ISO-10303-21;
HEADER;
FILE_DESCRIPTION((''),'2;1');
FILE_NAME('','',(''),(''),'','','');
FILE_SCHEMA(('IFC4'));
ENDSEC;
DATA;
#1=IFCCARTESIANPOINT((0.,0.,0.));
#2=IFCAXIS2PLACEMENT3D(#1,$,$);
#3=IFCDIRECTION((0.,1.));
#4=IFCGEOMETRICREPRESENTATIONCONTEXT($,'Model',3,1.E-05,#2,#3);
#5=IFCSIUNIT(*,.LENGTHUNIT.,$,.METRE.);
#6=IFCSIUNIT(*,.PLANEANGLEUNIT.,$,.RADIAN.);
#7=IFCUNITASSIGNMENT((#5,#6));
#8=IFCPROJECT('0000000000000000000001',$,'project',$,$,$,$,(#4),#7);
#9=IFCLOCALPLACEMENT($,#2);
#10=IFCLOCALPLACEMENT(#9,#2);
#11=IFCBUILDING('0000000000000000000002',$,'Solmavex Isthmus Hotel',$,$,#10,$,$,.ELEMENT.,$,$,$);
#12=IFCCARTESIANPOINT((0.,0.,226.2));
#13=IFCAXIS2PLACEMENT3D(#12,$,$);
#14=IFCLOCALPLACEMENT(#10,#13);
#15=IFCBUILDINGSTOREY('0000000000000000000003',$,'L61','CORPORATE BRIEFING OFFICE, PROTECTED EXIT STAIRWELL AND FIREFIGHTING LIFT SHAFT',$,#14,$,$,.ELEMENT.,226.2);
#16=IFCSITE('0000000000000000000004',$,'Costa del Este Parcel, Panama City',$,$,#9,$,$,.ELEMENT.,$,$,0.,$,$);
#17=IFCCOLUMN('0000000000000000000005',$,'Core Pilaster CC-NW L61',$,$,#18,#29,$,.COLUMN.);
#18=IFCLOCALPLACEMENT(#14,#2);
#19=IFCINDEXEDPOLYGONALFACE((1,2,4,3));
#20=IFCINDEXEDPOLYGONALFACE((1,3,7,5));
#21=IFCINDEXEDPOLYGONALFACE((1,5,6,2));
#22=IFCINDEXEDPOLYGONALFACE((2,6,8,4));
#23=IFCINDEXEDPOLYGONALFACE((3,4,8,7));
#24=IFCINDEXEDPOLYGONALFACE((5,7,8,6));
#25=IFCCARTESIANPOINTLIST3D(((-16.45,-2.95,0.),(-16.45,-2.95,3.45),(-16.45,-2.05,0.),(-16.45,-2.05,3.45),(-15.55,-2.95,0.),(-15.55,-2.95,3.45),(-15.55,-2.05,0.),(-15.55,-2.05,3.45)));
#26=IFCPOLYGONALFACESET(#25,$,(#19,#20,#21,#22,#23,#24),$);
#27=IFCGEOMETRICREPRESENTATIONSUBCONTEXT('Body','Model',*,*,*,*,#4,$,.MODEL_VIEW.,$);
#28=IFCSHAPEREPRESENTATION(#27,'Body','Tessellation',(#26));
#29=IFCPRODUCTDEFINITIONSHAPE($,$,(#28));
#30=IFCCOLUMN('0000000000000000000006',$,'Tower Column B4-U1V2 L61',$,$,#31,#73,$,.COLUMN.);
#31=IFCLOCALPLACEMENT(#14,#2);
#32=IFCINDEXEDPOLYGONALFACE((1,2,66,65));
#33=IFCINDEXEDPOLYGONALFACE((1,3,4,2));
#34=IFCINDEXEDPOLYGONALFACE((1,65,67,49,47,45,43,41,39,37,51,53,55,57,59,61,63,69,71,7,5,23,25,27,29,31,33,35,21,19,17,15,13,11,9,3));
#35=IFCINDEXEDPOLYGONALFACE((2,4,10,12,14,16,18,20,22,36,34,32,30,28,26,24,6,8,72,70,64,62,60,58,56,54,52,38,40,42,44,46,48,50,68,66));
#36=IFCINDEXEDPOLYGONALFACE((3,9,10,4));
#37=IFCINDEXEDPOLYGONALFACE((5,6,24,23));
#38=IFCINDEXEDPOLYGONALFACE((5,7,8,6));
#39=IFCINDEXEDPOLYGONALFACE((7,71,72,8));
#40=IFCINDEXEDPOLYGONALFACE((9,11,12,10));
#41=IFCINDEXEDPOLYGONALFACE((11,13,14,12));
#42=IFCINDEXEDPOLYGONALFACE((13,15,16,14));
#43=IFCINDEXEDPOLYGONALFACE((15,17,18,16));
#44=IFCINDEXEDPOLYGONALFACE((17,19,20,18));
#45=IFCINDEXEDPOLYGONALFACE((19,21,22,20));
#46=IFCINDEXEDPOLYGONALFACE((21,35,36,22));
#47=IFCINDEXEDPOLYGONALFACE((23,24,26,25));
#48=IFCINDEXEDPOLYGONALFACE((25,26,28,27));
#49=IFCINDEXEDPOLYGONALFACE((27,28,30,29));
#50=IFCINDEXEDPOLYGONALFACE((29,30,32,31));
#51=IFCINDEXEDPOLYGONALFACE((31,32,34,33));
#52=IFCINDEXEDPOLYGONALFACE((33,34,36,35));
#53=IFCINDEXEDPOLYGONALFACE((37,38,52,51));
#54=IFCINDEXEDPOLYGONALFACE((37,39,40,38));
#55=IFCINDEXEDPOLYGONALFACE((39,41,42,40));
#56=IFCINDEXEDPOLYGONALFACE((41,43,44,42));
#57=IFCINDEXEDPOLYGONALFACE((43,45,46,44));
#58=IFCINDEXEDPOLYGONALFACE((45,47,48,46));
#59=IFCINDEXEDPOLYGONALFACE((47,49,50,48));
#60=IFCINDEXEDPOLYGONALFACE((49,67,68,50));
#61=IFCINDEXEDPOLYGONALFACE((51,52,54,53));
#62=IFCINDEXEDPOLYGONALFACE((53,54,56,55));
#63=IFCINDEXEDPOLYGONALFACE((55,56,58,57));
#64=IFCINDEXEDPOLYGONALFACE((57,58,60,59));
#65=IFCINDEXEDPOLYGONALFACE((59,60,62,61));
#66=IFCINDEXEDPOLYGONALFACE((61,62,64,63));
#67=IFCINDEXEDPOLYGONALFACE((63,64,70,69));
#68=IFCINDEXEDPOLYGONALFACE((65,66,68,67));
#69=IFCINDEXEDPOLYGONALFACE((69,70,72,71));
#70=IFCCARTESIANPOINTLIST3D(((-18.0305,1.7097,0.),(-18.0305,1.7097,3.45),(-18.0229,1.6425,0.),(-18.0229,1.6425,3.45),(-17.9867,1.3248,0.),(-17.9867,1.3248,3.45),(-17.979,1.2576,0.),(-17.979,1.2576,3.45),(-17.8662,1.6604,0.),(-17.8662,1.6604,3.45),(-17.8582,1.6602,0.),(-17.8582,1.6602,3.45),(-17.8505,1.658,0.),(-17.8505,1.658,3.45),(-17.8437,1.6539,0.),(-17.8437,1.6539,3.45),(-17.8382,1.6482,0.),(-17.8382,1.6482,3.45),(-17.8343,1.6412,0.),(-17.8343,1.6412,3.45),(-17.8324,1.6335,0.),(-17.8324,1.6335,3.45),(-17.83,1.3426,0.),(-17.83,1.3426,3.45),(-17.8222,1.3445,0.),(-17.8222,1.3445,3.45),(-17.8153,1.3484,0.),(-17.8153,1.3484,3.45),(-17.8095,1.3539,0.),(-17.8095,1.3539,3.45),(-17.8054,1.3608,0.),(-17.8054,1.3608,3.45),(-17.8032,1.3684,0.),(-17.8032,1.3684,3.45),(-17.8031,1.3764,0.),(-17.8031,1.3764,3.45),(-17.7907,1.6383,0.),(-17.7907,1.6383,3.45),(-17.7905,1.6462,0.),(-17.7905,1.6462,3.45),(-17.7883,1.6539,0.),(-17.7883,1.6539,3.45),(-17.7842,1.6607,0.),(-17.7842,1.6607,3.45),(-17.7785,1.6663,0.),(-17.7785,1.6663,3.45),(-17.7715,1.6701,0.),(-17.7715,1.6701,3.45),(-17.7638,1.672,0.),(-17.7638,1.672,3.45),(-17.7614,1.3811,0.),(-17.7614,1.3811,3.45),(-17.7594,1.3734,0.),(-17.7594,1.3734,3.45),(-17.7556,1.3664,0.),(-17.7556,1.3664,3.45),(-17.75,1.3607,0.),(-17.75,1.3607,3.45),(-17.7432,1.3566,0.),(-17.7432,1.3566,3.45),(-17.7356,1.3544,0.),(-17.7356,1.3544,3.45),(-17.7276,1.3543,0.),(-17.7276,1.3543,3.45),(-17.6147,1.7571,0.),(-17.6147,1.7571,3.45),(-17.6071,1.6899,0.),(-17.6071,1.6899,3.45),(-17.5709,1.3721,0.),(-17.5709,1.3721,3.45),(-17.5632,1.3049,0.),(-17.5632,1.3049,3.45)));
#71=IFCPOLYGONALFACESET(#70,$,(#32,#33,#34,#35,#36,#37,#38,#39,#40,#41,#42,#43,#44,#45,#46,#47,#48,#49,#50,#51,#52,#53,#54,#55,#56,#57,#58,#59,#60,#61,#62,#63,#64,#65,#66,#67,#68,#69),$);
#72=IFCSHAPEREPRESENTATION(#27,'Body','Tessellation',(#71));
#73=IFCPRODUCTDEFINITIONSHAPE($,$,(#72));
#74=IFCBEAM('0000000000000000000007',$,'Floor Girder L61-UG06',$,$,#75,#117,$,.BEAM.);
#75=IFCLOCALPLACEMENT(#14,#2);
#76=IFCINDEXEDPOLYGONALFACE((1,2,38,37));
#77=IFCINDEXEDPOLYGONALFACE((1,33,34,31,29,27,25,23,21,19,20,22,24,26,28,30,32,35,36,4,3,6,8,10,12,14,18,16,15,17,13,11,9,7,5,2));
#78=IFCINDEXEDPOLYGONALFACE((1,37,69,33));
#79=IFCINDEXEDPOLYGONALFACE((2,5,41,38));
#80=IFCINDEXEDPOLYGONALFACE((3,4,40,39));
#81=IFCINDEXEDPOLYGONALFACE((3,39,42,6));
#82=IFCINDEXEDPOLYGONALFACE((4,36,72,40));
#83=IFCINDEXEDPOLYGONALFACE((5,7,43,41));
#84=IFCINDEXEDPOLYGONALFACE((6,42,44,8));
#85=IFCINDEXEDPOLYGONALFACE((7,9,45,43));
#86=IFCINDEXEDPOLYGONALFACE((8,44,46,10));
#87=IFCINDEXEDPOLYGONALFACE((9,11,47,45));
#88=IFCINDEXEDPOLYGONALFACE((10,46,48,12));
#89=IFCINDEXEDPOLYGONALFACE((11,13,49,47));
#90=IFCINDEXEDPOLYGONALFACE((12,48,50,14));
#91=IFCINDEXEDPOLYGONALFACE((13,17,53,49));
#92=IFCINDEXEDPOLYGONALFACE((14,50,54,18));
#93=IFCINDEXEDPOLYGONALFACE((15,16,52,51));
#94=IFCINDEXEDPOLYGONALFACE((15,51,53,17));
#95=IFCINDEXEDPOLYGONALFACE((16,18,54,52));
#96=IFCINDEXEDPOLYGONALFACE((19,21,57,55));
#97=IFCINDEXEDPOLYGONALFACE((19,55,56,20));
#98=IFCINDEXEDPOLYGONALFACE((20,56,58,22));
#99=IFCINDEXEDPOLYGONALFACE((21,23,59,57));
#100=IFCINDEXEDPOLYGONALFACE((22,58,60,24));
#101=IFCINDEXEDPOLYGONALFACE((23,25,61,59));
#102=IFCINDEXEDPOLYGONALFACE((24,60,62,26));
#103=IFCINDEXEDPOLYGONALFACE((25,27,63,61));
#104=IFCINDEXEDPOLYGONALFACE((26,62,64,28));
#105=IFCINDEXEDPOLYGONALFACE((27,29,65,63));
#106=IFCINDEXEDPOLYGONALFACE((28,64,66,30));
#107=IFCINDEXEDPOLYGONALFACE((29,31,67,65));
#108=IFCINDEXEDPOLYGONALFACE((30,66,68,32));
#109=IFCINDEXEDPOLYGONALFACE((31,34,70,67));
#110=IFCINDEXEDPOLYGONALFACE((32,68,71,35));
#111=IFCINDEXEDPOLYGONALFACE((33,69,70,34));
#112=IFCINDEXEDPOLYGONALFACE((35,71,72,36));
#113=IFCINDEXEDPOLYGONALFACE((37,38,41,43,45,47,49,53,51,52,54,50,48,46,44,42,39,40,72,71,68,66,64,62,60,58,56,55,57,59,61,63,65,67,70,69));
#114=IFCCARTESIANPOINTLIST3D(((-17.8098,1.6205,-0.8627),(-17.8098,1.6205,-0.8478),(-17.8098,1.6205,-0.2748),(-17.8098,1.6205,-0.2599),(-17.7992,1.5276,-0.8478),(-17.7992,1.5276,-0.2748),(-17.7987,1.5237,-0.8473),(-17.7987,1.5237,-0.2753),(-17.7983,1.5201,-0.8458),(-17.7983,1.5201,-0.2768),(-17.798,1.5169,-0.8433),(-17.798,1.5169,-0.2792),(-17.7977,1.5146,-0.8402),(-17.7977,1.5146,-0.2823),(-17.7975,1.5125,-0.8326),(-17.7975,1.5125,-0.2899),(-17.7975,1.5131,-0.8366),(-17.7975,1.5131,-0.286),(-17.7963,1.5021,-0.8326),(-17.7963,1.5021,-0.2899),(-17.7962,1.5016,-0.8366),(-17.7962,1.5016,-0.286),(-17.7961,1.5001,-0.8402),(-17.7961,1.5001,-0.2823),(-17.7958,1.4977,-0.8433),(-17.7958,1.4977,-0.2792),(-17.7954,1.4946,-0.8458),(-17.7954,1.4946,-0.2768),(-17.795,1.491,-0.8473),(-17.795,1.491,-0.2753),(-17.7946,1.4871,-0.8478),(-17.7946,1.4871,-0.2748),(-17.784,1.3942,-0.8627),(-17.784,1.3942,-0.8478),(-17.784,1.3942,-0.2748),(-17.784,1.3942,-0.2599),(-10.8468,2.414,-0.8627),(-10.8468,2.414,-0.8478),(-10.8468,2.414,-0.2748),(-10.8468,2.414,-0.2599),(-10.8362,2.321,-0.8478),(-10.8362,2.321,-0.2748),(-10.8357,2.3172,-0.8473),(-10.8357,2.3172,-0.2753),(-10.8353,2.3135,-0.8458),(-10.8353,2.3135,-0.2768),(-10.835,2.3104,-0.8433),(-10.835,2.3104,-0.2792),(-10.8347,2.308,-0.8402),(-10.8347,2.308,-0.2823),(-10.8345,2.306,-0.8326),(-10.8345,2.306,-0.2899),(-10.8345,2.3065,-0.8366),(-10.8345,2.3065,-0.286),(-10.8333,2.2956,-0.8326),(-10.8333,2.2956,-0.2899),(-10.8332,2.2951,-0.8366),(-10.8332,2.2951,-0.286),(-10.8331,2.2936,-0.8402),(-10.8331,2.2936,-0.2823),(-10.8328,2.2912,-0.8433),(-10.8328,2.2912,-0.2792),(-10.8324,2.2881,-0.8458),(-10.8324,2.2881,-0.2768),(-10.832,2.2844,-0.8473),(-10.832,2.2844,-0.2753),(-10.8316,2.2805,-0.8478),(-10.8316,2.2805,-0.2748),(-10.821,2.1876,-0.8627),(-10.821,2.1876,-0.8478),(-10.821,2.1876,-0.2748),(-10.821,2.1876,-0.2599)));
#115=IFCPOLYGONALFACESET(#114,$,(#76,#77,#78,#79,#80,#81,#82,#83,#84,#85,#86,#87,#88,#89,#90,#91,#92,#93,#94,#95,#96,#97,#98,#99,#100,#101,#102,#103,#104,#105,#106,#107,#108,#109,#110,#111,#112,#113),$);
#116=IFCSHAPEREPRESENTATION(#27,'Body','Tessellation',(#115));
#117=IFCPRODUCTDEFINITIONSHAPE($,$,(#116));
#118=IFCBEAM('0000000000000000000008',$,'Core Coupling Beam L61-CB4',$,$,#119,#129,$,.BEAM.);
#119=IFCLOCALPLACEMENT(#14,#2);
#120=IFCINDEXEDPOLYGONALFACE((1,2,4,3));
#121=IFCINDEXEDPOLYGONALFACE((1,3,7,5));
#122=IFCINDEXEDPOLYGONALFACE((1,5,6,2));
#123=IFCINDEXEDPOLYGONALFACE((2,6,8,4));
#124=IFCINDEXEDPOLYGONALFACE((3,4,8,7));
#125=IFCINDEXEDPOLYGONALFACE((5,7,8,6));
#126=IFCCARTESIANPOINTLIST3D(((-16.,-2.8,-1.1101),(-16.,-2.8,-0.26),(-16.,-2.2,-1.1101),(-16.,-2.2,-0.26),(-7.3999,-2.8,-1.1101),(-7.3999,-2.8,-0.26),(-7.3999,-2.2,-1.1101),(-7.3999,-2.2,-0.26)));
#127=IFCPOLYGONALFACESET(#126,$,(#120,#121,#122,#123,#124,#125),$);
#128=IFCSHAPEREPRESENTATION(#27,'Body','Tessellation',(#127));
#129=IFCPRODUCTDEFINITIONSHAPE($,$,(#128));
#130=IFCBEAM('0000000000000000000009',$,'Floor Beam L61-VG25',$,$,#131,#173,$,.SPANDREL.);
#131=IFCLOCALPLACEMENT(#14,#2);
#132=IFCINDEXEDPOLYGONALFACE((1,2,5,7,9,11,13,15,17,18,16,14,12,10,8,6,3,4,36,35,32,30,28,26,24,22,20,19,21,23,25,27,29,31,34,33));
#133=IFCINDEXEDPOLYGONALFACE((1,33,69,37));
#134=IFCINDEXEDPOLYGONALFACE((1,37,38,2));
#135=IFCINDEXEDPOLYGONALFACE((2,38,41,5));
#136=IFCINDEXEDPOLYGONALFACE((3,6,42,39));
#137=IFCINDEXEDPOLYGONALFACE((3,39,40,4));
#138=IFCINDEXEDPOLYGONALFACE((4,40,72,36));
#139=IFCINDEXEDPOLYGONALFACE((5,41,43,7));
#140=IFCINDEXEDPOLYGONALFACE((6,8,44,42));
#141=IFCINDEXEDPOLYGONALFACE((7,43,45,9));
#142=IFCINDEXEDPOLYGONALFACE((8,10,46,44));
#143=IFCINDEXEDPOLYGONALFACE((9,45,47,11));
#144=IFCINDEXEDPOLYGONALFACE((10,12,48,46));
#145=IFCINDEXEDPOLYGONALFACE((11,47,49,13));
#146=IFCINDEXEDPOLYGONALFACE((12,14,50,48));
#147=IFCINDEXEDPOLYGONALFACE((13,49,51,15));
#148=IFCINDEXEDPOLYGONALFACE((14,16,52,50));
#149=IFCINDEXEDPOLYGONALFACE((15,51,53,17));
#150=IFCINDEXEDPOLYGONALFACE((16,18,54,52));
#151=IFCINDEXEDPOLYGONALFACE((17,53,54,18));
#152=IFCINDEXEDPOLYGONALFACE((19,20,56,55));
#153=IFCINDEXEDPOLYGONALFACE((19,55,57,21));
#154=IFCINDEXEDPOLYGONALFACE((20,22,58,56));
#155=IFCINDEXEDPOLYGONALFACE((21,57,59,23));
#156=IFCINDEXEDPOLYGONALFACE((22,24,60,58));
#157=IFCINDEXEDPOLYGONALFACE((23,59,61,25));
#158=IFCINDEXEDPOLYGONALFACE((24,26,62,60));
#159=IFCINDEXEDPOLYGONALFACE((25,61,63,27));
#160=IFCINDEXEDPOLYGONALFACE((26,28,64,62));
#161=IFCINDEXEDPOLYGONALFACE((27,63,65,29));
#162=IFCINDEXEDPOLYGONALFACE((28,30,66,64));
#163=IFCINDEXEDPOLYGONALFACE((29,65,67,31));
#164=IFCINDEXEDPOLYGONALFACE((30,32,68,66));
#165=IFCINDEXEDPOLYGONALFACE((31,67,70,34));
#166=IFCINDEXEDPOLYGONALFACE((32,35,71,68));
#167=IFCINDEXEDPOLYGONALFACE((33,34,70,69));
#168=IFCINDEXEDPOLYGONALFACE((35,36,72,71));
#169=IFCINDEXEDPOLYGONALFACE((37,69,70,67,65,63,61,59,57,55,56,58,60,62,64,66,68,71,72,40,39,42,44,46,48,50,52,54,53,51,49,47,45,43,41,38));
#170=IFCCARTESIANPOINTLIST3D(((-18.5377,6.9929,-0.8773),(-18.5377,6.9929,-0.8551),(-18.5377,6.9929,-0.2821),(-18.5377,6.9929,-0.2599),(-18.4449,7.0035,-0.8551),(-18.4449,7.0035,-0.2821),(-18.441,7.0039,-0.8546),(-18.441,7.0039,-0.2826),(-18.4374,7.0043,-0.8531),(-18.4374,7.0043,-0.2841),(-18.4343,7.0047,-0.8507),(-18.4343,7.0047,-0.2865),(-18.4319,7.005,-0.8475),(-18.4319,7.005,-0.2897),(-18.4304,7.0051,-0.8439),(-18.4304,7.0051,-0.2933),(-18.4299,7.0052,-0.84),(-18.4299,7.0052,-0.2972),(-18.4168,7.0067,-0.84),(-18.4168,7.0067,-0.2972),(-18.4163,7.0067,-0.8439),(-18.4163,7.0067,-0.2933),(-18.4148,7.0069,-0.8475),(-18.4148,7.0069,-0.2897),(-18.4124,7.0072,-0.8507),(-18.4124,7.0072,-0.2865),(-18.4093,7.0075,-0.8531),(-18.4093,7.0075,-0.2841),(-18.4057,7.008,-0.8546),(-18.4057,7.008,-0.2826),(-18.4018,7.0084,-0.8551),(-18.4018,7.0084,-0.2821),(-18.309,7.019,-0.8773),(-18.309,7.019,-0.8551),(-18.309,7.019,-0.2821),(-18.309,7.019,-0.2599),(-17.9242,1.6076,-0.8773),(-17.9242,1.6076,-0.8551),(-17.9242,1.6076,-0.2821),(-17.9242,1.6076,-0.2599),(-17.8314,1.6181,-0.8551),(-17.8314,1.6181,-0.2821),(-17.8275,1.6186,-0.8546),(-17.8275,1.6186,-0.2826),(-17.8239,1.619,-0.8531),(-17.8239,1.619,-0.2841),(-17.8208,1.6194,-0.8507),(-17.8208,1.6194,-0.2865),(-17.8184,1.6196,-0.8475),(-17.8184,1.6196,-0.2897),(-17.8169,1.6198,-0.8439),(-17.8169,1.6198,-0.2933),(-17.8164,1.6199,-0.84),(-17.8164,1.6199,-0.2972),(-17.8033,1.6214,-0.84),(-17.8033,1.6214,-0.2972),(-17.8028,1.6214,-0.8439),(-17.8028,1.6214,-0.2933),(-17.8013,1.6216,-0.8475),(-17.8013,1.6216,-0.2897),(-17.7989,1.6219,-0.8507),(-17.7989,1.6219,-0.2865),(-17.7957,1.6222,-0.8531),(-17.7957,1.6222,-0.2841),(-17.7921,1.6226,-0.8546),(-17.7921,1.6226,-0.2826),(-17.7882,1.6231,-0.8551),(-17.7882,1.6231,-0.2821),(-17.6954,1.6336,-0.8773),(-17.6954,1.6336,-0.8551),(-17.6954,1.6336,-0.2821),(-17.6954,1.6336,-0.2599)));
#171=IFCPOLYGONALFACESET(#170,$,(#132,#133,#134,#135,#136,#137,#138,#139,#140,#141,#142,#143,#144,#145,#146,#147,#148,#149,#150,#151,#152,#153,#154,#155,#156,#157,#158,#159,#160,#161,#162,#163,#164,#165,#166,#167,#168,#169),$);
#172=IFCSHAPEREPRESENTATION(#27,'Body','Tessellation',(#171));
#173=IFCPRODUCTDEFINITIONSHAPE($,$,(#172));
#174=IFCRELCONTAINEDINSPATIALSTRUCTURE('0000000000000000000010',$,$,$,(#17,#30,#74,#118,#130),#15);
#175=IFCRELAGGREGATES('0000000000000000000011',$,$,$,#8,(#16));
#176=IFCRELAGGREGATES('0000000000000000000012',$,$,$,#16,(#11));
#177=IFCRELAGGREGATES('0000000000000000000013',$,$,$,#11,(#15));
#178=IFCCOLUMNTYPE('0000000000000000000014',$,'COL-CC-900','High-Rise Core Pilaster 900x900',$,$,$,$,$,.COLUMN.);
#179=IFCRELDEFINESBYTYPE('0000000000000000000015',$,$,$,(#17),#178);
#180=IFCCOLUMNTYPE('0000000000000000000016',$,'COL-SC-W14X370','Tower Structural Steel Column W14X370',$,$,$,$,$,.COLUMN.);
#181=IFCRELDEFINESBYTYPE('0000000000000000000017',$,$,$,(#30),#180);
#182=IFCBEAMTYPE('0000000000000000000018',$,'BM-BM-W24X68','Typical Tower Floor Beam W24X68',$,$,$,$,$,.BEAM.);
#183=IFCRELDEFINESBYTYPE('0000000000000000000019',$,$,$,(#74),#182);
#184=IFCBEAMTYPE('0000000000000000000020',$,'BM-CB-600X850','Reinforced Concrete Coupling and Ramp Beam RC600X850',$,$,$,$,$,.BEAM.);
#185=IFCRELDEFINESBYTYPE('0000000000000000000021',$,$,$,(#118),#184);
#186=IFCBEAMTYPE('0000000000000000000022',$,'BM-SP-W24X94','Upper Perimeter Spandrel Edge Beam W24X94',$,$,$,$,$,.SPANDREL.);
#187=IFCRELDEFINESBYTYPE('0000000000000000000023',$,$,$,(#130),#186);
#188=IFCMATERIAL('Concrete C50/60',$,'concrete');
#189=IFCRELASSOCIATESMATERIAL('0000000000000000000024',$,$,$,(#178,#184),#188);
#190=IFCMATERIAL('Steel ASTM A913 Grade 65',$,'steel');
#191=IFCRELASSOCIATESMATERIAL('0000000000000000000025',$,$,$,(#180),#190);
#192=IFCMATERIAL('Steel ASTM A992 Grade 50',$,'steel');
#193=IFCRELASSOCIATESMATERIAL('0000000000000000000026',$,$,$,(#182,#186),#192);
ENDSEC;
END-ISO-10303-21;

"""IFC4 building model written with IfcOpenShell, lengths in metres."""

from ifc_helpers import new_model, si_unit, direction, frame, origin, origin_2d, place, context, subcontext, project, spatial, rectangle, i_section, extrude, material, material_profile, profile_set, type_object, element, save


model = new_model("IFC4")

# Units and contexts
model_context = context("Model", 3, precision=1e-05, world=origin(), true_north=direction((0.0, 1.0)))
body_context = subcontext(model_context, "Body", "Model", "MODEL_VIEW")
ifc_project = project(units=[si_unit("LENGTHUNIT", "METRE"), si_unit("PLANEANGLEUNIT", "RADIAN")], contexts=[model_context])

# Site, building, storey
site_placement = place(None, origin())
site = spatial("IfcSite", under=ifc_project, at=site_placement, Name="Costa del Este Parcel, Panama City", CompositionType="ELEMENT", RefElevation=0.0)
building_placement = place(site_placement, origin())
building = spatial("IfcBuilding", under=site, at=building_placement, Name="Solmavex Isthmus Hotel", CompositionType="ELEMENT")
storey_placement = place(building_placement, frame((0.0, 0.0, 226.2)))
storey = spatial("IfcBuildingStorey", under=building, at=storey_placement, Name="L61", Description="CORPORATE BRIEFING OFFICE, PROTECTED EXIT STAIRWELL AND FIREFIGHTING LIFT SHAFT", CompositionType="ELEMENT", Elevation=226.2)

# Columns
ifc_material_1 = material(Name="Concrete C50/60", Category="concrete")
ifc_material_profile_1 = material_profile(ifc_material_1, rectangle(XDim=0.8999, YDim=0.8999, at=origin_2d()), Name="RC900X900")
ifc_profile_set_1 = profile_set([ifc_material_profile_1], Name="Concrete C50/60")
column_type_1 = type_object("IfcColumnType", Name="COL-CC-900", Description="High-Rise Core Pilaster 900x900", PredefinedType="COLUMN", material=ifc_profile_set_1)
column_1_placement = place(storey_placement, frame((-16.0, -2.5, 0.0), z_axis=(0.0, 0.0, 1.0), x_axis=(1.0, 0.0, 0.0)))
element("IfcColumn", 1, at=column_1_placement, inside=storey, type_object=column_type_1, Name="Core Pilaster CC-NW L61", PredefinedType="COLUMN", context=body_context, shape_type="SweptSolid", body=[
    extrude(rectangle(XDim=0.8999, YDim=0.8999, at=origin_2d()), origin(), (0.0, 0.0, 1.0), 3.45),
])
ifc_material_2 = material(Name="Steel ASTM A913 Grade 65", Category="steel")
ifc_material_profile_2 = material_profile(ifc_material_2, i_section(OverallWidth=0.4185, OverallDepth=0.4551, WebThickness=0.042, FlangeThickness=0.0676, FilletRadius=0.0305, at=origin_2d()), Name="W14X370")
ifc_profile_set_2 = profile_set([ifc_material_profile_2], Name="Steel ASTM A913 Grade 65")
column_type_2 = type_object("IfcColumnType", Name="COL-SC-W14X370", Description="Tower Structural Steel Column W14X370", PredefinedType="COLUMN", material=ifc_profile_set_2)
column_2_placement = place(storey_placement, frame((-17.7969, 1.5073, 0.0), z_axis=(0.0, 0.0, 1.0), x_axis=(0.993572, 0.113203, 0.0)))
element("IfcColumn", 2, at=column_2_placement, inside=storey, type_object=column_type_2, Name="Tower Column B4-U1V2 L61", PredefinedType="COLUMN", context=body_context, shape_type="SweptSolid", body=[
    extrude(i_section(OverallWidth=0.4185, OverallDepth=0.4551, WebThickness=0.042, FlangeThickness=0.0676, FilletRadius=0.0305, at=origin_2d()), origin(), (0.0, 0.0, 1.0), 3.45),
])

# Beams
ifc_material_3 = material(Name="Steel ASTM A992 Grade 50", Category="steel")
ifc_material_profile_3 = material_profile(ifc_material_3, i_section(OverallWidth=0.2278, OverallDepth=0.6028, WebThickness=0.0105, FlangeThickness=0.0149, FilletRadius=0.0151, at=origin_2d()), Name="W24X68")
ifc_profile_set_3 = profile_set([ifc_material_profile_3], Name="Steel ASTM A992 Grade 50")
beam_type_1 = type_object("IfcBeamType", Name="BM-BM-W24X68", Description="Typical Tower Floor Beam W24X68", PredefinedType="BEAM", material=ifc_profile_set_3)
beam_1_placement = place(storey_placement, frame((-17.7969, 1.5073, -0.5613), z_axis=(0.99357, 0.113222, 0.0), x_axis=(-0.113222, 0.99357, 0.0)))
element("IfcBeam", 3, at=beam_1_placement, inside=storey, type_object=beam_type_1, Name="Floor Girder L61-UG06", PredefinedType="BEAM", context=body_context, shape_type="SweptSolid", body=[
    extrude(i_section(OverallWidth=0.2278, OverallDepth=0.6028, WebThickness=0.0105, FlangeThickness=0.0149, FilletRadius=0.0151, at=origin_2d()), origin(), (0.0, 0.0, 1.0), 7.0081),
])
ifc_material_profile_4 = material_profile(ifc_material_1, rectangle(XDim=0.6001, YDim=0.8501, at=origin_2d()), Name="RC600X850")
ifc_profile_set_4 = profile_set([ifc_material_profile_4], Name="Concrete C50/60")
beam_type_2 = type_object("IfcBeamType", Name="BM-CB-600X850", Description="Reinforced Concrete Coupling and Ramp Beam RC600X850", PredefinedType="BEAM", material=ifc_profile_set_4)
beam_2_placement = place(storey_placement, frame((-16.0, -2.5, -0.6851), z_axis=(1.0, 0.0, 0.0), x_axis=(0.0, 1.0, 0.0)))
element("IfcBeam", 4, at=beam_2_placement, inside=storey, type_object=beam_type_2, Name="Core Coupling Beam L61-CB4", PredefinedType="BEAM", context=body_context, shape_type="SweptSolid", body=[
    extrude(rectangle(XDim=0.6001, YDim=0.8501, at=origin_2d()), origin(), (0.0, 0.0, 1.0), 8.6001),
])
ifc_material_profile_5 = material_profile(ifc_material_3, i_section(OverallWidth=0.2302, OverallDepth=0.6174, WebThickness=0.0132, FlangeThickness=0.0222, FilletRadius=0.0151, at=origin_2d()), Name="W24X94")
ifc_profile_set_5 = profile_set([ifc_material_profile_5], Name="Steel ASTM A992 Grade 50")
beam_type_3 = type_object("IfcBeamType", Name="BM-SP-W24X94", Description="Upper Perimeter Spandrel Edge Beam W24X94", PredefinedType="SPANDREL", material=ifc_profile_set_5)
beam_3_placement = place(storey_placement, frame((-17.8098, 1.6206, -0.5686), z_axis=(-0.113195, 0.993573, 0.0), x_axis=(-0.993573, -0.113195, 0.0)))
element("IfcBeam", 5, at=beam_3_placement, inside=storey, type_object=beam_type_3, Name="Floor Beam L61-VG25", PredefinedType="SPANDREL", context=body_context, shape_type="SweptSolid", body=[
    extrude(i_section(OverallWidth=0.2302, OverallDepth=0.6174, WebThickness=0.0132, FlangeThickness=0.0222, FilletRadius=0.0151, at=origin_2d()), origin(), (0.0, 0.0, 1.0), 5.4202),
])

save(model, "model.ifc")
